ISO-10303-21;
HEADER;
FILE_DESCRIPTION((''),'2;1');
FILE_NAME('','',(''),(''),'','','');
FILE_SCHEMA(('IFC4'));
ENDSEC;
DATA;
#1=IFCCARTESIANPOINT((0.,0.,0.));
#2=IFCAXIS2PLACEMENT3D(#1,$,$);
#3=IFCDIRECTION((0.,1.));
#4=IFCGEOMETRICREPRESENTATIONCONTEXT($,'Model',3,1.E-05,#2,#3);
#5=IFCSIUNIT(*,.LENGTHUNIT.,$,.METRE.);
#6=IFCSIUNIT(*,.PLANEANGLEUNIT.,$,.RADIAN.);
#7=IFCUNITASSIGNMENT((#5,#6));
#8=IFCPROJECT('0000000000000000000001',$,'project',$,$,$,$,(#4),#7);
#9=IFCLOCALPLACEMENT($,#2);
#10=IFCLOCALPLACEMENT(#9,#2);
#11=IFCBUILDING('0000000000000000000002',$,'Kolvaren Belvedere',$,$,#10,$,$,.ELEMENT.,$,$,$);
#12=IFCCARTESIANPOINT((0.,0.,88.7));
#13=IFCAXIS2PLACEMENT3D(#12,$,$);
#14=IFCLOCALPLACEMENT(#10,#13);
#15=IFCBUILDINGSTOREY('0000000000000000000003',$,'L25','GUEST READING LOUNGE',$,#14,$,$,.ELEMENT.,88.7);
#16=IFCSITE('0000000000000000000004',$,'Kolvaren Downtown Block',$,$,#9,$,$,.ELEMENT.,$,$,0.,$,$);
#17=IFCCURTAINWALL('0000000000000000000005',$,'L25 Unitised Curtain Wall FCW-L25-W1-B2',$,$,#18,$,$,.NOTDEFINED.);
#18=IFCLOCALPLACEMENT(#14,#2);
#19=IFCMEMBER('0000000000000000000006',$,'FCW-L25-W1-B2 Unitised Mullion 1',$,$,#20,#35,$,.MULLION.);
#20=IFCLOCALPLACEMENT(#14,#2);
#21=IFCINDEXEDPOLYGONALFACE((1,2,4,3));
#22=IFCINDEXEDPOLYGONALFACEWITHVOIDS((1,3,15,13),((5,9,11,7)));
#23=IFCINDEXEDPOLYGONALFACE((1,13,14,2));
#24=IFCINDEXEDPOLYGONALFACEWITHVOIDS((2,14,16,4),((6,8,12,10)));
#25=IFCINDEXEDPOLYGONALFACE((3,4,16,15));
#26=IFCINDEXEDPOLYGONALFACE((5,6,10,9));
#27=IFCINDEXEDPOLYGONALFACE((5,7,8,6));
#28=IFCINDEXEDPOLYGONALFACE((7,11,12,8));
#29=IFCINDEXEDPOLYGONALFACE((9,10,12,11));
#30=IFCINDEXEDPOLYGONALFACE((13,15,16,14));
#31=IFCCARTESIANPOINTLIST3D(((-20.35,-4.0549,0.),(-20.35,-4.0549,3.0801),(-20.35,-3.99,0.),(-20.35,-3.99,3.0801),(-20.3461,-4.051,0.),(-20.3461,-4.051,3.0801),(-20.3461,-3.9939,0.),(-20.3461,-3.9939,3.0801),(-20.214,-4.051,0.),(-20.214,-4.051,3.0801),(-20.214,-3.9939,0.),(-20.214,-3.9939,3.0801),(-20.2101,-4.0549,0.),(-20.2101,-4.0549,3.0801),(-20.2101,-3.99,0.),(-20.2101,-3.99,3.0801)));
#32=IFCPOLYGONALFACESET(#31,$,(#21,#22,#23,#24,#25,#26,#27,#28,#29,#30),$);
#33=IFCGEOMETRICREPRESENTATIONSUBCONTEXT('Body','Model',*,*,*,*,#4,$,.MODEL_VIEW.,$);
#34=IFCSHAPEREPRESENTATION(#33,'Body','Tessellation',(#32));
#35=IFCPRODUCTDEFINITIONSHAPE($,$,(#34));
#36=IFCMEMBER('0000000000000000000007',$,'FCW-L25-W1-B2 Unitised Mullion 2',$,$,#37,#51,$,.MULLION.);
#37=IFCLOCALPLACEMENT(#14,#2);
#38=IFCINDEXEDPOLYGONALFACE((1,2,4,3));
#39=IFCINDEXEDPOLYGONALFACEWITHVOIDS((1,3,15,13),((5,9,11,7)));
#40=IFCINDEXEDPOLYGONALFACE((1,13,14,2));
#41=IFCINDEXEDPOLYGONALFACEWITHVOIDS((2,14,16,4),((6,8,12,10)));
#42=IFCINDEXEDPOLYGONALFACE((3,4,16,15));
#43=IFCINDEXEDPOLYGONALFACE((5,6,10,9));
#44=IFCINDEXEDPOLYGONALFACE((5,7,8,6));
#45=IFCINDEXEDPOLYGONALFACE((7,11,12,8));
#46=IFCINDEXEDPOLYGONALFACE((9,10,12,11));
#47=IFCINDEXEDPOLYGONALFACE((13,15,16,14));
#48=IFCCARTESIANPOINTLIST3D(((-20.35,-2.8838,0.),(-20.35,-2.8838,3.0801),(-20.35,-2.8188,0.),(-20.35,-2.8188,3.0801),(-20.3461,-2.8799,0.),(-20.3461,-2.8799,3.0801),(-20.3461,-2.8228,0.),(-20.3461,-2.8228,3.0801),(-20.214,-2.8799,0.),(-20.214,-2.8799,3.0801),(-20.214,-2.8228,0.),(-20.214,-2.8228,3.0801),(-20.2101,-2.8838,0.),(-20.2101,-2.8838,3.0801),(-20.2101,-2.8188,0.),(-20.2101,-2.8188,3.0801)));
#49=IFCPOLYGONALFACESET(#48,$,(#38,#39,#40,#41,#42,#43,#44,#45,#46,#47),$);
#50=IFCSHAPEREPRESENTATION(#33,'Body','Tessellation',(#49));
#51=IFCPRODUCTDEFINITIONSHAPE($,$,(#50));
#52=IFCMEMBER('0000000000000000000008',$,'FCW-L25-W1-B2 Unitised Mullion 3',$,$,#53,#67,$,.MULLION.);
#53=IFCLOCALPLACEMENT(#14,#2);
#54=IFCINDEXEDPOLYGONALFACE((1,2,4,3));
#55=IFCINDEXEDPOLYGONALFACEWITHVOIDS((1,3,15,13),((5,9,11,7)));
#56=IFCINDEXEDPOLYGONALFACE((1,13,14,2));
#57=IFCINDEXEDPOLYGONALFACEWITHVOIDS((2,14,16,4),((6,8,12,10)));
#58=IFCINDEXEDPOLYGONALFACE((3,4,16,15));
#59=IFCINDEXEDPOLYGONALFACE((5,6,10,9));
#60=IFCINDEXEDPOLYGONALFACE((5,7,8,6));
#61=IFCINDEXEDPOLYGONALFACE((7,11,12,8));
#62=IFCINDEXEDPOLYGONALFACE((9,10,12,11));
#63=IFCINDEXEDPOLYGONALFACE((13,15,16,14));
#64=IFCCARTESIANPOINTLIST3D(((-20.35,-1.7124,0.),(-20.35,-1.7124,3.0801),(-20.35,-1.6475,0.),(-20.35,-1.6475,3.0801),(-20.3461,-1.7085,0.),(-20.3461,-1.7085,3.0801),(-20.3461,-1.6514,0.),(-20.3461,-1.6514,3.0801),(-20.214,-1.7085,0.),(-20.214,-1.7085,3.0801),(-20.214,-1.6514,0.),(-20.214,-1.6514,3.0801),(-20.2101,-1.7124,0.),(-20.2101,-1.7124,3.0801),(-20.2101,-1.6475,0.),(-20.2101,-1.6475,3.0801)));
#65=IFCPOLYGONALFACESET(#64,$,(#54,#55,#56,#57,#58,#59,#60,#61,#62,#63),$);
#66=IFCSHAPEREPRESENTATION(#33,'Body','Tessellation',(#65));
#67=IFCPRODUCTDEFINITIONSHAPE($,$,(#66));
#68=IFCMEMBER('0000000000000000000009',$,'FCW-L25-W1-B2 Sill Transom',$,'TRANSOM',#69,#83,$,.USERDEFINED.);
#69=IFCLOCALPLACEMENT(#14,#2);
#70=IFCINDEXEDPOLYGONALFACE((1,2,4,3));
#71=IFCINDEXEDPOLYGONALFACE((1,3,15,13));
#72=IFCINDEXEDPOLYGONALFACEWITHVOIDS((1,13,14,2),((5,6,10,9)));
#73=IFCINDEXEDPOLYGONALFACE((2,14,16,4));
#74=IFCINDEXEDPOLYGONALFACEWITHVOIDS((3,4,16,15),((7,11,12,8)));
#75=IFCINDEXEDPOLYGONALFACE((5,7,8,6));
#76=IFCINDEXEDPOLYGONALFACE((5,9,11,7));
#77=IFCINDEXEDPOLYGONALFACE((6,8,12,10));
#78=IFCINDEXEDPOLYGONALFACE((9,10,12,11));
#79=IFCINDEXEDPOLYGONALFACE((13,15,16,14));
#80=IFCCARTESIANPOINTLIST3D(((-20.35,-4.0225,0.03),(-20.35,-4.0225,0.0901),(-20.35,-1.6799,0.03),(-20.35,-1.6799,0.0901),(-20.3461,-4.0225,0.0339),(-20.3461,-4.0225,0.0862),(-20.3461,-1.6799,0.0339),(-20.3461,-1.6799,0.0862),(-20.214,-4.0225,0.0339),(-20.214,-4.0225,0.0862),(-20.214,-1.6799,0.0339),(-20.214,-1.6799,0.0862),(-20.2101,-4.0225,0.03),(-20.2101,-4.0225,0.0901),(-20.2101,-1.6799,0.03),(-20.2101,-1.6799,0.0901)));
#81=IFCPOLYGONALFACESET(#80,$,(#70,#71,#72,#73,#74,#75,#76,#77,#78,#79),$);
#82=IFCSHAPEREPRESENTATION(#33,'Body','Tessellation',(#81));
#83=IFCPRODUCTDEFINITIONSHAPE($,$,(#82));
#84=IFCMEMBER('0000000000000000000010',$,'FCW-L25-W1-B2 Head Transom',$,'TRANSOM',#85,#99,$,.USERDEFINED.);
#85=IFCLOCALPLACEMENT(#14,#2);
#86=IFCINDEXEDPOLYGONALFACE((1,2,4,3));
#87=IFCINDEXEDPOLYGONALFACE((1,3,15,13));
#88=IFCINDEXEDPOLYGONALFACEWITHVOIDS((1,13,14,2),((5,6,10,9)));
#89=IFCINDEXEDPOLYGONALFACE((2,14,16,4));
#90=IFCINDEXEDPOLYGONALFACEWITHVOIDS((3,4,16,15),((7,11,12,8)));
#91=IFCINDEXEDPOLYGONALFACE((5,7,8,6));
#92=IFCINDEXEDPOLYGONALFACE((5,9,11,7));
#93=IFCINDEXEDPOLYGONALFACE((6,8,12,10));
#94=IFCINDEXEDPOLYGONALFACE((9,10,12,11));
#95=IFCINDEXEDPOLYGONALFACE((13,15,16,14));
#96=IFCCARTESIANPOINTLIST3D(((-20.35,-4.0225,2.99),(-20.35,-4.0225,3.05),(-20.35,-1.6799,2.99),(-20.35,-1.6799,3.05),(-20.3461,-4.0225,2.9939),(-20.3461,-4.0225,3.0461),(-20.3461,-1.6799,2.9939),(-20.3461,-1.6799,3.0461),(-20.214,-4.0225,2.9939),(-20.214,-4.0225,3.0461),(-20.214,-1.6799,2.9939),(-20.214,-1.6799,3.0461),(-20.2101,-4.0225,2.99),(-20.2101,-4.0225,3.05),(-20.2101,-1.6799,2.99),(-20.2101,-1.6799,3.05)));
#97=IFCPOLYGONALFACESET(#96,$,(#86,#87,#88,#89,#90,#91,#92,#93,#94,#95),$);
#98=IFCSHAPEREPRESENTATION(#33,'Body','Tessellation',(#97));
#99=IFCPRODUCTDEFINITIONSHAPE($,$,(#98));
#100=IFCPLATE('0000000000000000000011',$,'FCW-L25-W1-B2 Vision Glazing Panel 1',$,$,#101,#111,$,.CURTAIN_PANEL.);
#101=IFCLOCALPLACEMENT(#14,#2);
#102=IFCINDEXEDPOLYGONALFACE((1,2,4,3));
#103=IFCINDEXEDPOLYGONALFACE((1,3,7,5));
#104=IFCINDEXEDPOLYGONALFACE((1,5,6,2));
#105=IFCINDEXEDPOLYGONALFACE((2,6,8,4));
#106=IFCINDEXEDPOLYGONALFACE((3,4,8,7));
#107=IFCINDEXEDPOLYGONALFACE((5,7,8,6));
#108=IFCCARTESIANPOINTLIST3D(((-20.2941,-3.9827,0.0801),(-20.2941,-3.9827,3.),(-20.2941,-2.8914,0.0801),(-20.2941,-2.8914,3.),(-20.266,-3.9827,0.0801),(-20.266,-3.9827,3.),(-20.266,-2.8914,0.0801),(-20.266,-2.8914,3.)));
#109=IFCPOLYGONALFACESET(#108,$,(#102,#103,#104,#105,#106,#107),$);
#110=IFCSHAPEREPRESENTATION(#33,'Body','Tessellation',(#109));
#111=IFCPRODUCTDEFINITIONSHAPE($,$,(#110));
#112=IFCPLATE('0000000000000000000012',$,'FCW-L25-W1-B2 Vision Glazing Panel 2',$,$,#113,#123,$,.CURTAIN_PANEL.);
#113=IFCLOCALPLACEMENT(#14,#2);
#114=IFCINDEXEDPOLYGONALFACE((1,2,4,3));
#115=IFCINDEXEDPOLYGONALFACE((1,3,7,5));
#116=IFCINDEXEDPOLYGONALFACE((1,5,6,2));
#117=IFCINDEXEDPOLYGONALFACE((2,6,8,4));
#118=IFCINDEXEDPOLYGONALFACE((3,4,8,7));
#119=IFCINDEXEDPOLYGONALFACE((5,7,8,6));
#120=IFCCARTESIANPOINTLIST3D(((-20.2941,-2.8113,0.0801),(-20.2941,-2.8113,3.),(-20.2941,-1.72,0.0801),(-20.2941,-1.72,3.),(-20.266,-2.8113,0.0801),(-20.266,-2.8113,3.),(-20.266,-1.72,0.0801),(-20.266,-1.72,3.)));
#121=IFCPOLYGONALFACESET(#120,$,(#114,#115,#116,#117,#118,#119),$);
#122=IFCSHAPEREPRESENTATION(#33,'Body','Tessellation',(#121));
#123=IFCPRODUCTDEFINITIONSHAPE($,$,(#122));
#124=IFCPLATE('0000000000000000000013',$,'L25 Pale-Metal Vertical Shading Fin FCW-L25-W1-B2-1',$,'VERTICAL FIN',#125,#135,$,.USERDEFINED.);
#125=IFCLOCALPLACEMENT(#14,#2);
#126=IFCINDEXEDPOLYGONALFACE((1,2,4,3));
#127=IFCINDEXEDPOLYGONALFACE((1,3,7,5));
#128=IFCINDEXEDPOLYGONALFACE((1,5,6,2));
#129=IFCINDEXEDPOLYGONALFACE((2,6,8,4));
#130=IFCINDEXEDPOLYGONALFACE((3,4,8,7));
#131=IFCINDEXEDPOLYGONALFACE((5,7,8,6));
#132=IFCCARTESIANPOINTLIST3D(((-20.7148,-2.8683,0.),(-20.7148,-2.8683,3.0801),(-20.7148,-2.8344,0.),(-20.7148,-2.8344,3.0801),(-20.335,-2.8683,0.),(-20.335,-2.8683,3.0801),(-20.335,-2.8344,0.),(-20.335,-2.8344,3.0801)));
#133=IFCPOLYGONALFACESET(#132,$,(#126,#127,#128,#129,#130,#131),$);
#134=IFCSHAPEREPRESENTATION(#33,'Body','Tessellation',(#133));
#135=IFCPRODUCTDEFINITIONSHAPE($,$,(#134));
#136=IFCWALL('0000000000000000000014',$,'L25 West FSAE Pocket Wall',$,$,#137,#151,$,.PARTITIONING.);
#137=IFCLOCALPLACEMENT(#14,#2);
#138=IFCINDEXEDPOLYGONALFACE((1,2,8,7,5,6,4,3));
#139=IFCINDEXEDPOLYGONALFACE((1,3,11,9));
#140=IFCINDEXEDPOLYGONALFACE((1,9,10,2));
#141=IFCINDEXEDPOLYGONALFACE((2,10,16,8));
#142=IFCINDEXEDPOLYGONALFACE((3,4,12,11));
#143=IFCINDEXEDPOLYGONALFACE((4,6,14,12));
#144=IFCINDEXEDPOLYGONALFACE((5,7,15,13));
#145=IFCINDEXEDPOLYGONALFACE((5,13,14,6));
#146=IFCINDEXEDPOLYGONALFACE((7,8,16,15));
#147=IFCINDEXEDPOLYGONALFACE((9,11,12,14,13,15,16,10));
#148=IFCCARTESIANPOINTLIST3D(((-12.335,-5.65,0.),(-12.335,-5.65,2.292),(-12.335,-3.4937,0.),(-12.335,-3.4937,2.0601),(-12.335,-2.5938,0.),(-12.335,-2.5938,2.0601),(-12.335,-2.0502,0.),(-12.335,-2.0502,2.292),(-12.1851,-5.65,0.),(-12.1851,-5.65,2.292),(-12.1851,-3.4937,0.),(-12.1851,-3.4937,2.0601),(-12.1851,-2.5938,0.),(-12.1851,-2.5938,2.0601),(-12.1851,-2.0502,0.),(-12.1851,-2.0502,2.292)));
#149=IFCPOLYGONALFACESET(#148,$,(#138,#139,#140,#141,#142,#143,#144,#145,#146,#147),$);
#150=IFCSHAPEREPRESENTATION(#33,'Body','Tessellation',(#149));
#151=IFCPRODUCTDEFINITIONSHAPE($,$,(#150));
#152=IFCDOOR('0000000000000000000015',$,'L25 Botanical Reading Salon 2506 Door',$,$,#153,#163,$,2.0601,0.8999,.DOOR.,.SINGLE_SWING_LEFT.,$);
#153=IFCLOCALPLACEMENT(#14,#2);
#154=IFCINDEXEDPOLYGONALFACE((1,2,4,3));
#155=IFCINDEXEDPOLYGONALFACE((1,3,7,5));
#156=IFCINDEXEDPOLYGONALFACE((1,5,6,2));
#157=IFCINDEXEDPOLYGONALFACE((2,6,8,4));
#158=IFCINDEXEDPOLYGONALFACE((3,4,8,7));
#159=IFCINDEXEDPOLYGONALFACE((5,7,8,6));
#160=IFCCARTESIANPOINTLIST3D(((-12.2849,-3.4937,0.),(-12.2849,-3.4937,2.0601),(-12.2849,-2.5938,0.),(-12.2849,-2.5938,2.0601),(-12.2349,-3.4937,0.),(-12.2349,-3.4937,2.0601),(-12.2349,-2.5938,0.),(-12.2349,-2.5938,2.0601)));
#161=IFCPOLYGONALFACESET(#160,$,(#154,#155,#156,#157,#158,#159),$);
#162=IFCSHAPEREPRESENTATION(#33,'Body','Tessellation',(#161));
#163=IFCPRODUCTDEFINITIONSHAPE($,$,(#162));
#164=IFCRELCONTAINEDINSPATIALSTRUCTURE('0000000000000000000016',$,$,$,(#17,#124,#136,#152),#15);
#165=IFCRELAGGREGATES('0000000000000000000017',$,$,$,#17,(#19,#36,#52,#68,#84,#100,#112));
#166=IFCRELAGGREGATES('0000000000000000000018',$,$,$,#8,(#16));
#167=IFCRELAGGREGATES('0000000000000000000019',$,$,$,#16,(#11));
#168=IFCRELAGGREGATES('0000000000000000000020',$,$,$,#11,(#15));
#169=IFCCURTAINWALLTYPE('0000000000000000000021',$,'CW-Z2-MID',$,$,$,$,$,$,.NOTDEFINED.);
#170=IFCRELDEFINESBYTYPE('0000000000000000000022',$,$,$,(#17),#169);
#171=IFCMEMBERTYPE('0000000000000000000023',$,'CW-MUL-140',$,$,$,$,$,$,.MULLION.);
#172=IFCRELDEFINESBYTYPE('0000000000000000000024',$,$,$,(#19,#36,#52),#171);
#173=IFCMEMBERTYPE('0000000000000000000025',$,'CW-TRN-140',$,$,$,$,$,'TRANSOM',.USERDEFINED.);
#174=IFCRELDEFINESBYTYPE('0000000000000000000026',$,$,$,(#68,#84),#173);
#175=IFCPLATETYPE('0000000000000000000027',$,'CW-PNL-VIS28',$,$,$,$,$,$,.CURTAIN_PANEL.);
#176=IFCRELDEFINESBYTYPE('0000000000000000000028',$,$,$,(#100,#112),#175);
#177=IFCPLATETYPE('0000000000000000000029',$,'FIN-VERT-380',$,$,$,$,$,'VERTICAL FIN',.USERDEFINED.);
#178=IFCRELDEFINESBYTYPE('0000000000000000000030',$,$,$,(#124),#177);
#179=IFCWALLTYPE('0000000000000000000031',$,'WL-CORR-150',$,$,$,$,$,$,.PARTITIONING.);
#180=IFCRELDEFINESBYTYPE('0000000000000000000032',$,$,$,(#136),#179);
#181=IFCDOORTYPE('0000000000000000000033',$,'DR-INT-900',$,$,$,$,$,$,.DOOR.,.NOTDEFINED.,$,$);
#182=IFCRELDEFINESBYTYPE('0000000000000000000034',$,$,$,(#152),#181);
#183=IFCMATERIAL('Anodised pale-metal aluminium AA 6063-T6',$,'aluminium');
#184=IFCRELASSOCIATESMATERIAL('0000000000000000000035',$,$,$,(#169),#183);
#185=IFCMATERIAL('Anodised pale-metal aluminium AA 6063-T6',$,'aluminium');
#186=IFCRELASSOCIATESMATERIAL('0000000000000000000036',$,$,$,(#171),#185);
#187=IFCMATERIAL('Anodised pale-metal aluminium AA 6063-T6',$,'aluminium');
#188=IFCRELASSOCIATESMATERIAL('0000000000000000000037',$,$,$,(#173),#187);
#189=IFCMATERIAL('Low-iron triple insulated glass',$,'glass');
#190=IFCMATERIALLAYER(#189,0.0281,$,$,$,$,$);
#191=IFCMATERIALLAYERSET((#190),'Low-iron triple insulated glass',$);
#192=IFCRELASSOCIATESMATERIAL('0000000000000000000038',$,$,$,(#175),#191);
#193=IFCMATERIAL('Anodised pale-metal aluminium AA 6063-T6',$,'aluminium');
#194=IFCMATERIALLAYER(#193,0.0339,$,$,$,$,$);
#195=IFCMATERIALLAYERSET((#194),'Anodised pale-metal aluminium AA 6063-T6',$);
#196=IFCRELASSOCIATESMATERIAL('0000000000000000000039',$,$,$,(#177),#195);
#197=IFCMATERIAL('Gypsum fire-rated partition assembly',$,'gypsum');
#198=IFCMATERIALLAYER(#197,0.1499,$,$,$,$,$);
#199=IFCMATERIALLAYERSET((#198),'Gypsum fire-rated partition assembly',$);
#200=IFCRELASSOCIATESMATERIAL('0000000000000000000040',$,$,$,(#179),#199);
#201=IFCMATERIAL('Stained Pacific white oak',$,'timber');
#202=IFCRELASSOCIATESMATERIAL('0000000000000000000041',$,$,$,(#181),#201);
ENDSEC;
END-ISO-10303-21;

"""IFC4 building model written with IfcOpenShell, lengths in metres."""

from ifc_helpers import new_model, si_unit, direction, frame, frame_2d, origin, origin_2d, place, context, subcontext, project, spatial, rectangle, hollow_rectangle, extrude, material, layer, layer_set, material_profile, profile_set, type_object, element, fill, aggregate, save


model = new_model("IFC4")

# Units and contexts
model_context = context("Model", 3, precision=1e-05, world=origin(), true_north=direction((0.0, 1.0)))
body_context = subcontext(model_context, "Body", "Model", "MODEL_VIEW")
ifc_project = project(units=[si_unit("LENGTHUNIT", "METRE"), si_unit("PLANEANGLEUNIT", "RADIAN")], contexts=[model_context])

# Site, building, storey
site_placement = place(None, origin())
site = spatial("IfcSite", under=ifc_project, at=site_placement, Name="Kolvaren Downtown Block", CompositionType="ELEMENT", RefElevation=0.0)
building_placement = place(site_placement, origin())
building = spatial("IfcBuilding", under=site, at=building_placement, Name="Kolvaren Belvedere", CompositionType="ELEMENT")
storey_placement = place(building_placement, frame((0.0, 0.0, 88.7)))
storey = spatial("IfcBuildingStorey", under=building, at=storey_placement, Name="L25", Description="GUEST READING LOUNGE", CompositionType="ELEMENT", Elevation=88.7)

# Shared definitions
ifc_material_1 = material(Name="Anodised pale-metal aluminium AA 6063-T6", Category="aluminium")
curtain_wall_type = type_object("IfcCurtainWallType", Name="CW-Z2-MID", PredefinedType="NOTDEFINED", material=ifc_material_1)
ifc_material_2 = material(Name="Anodised pale-metal aluminium AA 6063-T6", Category="aluminium")
ifc_material_profile_1 = material_profile(ifc_material_2, hollow_rectangle(XDim=0.0649, YDim=0.1399, WallThickness=0.0039, at=origin_2d()), Name="ALU-MUL-140X65")
ifc_profile_set_1 = profile_set([ifc_material_profile_1], Name="Anodised pale-metal aluminium AA 6063-T6")
member_type_1 = type_object("IfcMemberType", Name="CW-MUL-140", PredefinedType="MULLION", material=ifc_profile_set_1)

# Curtain wall, members, plates
curtain_wall_1_placement = place(storey_placement, origin())
curtain_wall_1 = element("IfcCurtainWall", 1, at=curtain_wall_1_placement, inside=storey, type_object=curtain_wall_type, Name="L25 Unitised Curtain Wall FCW-L25-W1-B2", PredefinedType="NOTDEFINED")
member_1_placement = place(storey_placement, frame((-20.28, -4.0225, 0.0), z_axis=(0.0, 0.0, 1.0), x_axis=(0.0, 1.0, 0.0)))
member_1 = element("IfcMember", 2, at=member_1_placement, type_object=member_type_1, Name="FCW-L25-W1-B2 Unitised Mullion 1", PredefinedType="MULLION", context=body_context, shape_type="SweptSolid", body=[
    extrude(hollow_rectangle(XDim=0.0649, YDim=0.1399, WallThickness=0.0039, at=origin_2d()), origin(), (0.0, 0.0, 1.0), 3.0801),
])
member_2_placement = place(storey_placement, frame((-20.28, -2.8513, 0.0), z_axis=(0.0, 0.0, 1.0), x_axis=(0.0, 1.0, 0.0)))
member_2 = element("IfcMember", 3, at=member_2_placement, type_object=member_type_1, Name="FCW-L25-W1-B2 Unitised Mullion 2", PredefinedType="MULLION", context=body_context, shape_type="SweptSolid", body=[
    extrude(hollow_rectangle(XDim=0.0649, YDim=0.1399, WallThickness=0.0039, at=origin_2d()), origin(), (0.0, 0.0, 1.0), 3.0801),
])
member_3_placement = place(storey_placement, frame((-20.28, -1.6799, 0.0), z_axis=(0.0, 0.0, 1.0), x_axis=(0.0, 1.0, 0.0)))
member_3 = element("IfcMember", 4, at=member_3_placement, type_object=member_type_1, Name="FCW-L25-W1-B2 Unitised Mullion 3", PredefinedType="MULLION", context=body_context, shape_type="SweptSolid", body=[
    extrude(hollow_rectangle(XDim=0.0649, YDim=0.1399, WallThickness=0.0039, at=origin_2d()), origin(), (0.0, 0.0, 1.0), 3.0801),
])
ifc_material_3 = material(Name="Anodised pale-metal aluminium AA 6063-T6", Category="aluminium")
ifc_material_profile_2 = material_profile(ifc_material_3, hollow_rectangle(XDim=0.0601, YDim=0.1399, WallThickness=0.0039, at=origin_2d()), Name="ALU-TRN-140X60")
ifc_profile_set_2 = profile_set([ifc_material_profile_2], Name="Anodised pale-metal aluminium AA 6063-T6")
member_type_2 = type_object("IfcMemberType", Name="CW-TRN-140", ElementType="TRANSOM", PredefinedType="USERDEFINED", material=ifc_profile_set_2)
member_4_placement = place(storey_placement, frame((-20.28, -4.0225, 0.0601), z_axis=(0.0, 1.0, 0.0), x_axis=(0.0, 0.0, 1.0)))
member_4 = element("IfcMember", 5, at=member_4_placement, type_object=member_type_2, Name="FCW-L25-W1-B2 Sill Transom", ObjectType="TRANSOM", PredefinedType="USERDEFINED", context=body_context, shape_type="SweptSolid", body=[
    extrude(hollow_rectangle(XDim=0.0601, YDim=0.1399, WallThickness=0.0039, at=origin_2d()), origin(), (0.0, 0.0, 1.0), 2.3425),
])
member_5_placement = place(storey_placement, frame((-20.28, -4.0225, 3.02), z_axis=(0.0, 1.0, 0.0), x_axis=(0.0, 0.0, 1.0)))
member_5 = element("IfcMember", 6, at=member_5_placement, type_object=member_type_2, Name="FCW-L25-W1-B2 Head Transom", ObjectType="TRANSOM", PredefinedType="USERDEFINED", context=body_context, shape_type="SweptSolid", body=[
    extrude(hollow_rectangle(XDim=0.0601, YDim=0.1399, WallThickness=0.0039, at=origin_2d()), origin(), (0.0, 0.0, 1.0), 2.3425),
])
ifc_material_4 = material(Name="Low-iron triple insulated glass", Category="glass")
ifc_layer_1 = layer(ifc_material_4, 0.0281)
ifc_layer_set_1 = layer_set([ifc_layer_1], Name="Low-iron triple insulated glass")
plate_type_1 = type_object("IfcPlateType", Name="CW-PNL-VIS28", PredefinedType="CURTAIN_PANEL", material=ifc_layer_set_1)
plate_1_placement = place(storey_placement, frame((-20.28, -3.437, 0.0801), z_axis=(0.0, 0.0, 1.0), x_axis=(0.0, 1.0, 0.0)))
plate_1 = element("IfcPlate", 7, at=plate_1_placement, type_object=plate_type_1, Name="FCW-L25-W1-B2 Vision Glazing Panel 1", PredefinedType="CURTAIN_PANEL", context=body_context, shape_type="SweptSolid", body=[
    extrude(rectangle(XDim=1.0913, YDim=0.0281, at=origin_2d()), origin(), (0.0, 0.0, 1.0), 2.9199),
])
plate_2_placement = place(storey_placement, frame((-20.28, -2.2656, 0.0801), z_axis=(0.0, 0.0, 1.0), x_axis=(0.0, 1.0, 0.0)))
plate_2 = element("IfcPlate", 8, at=plate_2_placement, type_object=plate_type_1, Name="FCW-L25-W1-B2 Vision Glazing Panel 2", PredefinedType="CURTAIN_PANEL", context=body_context, shape_type="SweptSolid", body=[
    extrude(rectangle(XDim=1.0913, YDim=0.0281, at=origin_2d()), origin(), (0.0, 0.0, 1.0), 2.9199),
])
aggregate(curtain_wall_1, [member_1, member_2, member_3, member_4, member_5, plate_1, plate_2])

# Plate
ifc_material_5 = material(Name="Anodised pale-metal aluminium AA 6063-T6", Category="aluminium")
ifc_layer_2 = layer(ifc_material_5, 0.0339)
ifc_layer_set_2 = layer_set([ifc_layer_2], Name="Anodised pale-metal aluminium AA 6063-T6")
plate_type_2 = type_object("IfcPlateType", Name="FIN-VERT-380", ElementType="VERTICAL FIN", PredefinedType="USERDEFINED", material=ifc_layer_set_2)
plate_3_placement = place(storey_placement, frame((-20.5249, -2.8513, 0.0), z_axis=(0.0, 0.0, 1.0), x_axis=(1.0, 0.0, 0.0)))
element("IfcPlate", 9, at=plate_3_placement, inside=storey, type_object=plate_type_2, Name="L25 Pale-Metal Vertical Shading Fin FCW-L25-W1-B2-1", ObjectType="VERTICAL FIN", PredefinedType="USERDEFINED", context=body_context, shape_type="SweptSolid", body=[
    extrude(rectangle(XDim=0.3799, YDim=0.0339, at=origin_2d()), origin(), (0.0, 0.0, 1.0), 3.0801),
])

# Wall, opening, door
ifc_material_6 = material(Name="Gypsum fire-rated partition assembly", Category="gypsum")
ifc_layer_3 = layer(ifc_material_6, 0.1499)
ifc_layer_set_3 = layer_set([ifc_layer_3], Name="Gypsum fire-rated partition assembly")
wall_type_1 = type_object("IfcWallType", Name="WL-CORR-150", PredefinedType="PARTITIONING", material=ifc_layer_set_3)
wall_1_placement = place(storey_placement, frame((-12.26, -5.6499, 0.0), z_axis=(0.0, 0.0, 1.0), x_axis=(0.0, 1.0, 0.0)))
wall_1 = element("IfcWall", 10, at=wall_1_placement, inside=storey, type_object=wall_type_1, Name="L25 West FSAE Pocket Wall", PredefinedType="PARTITIONING", context=body_context, shape_type="SweptSolid", body=[
    extrude(rectangle(XDim=3.5999, YDim=0.1499, at=frame_2d((1.7998, 0.0))), origin(), (0.0, 0.0, 1.0), 2.292),
])
opening_1_placement = place(wall_1_placement, frame((2.1562, 0.0, 0.0)))
opening_1 = element("IfcOpeningElement", 11, at=opening_1_placement, cuts=wall_1, PredefinedType="OPENING", context=body_context, shape_type="SweptSolid", body=[
    extrude(rectangle(XDim=0.8999, YDim=2.0601, at=frame_2d((0.45, 1.03))), frame((0.0, 0.085, 0.0), z_axis=(0.0, -1.0, 0.0), x_axis=(1.0, 0.0, 0.0)), (0.0, 0.0, 1.0), 0.1699),
])
ifc_material_7 = material(Name="Stained Pacific white oak", Category="timber")
door_type_1 = type_object("IfcDoorType", Name="DR-INT-900", OperationType="NOTDEFINED", PredefinedType="DOOR", material=ifc_material_7)
door_1_placement = place(opening_1_placement, origin())
door_1 = element("IfcDoor", 12, at=door_1_placement, inside=storey, type_object=door_type_1, Name="L25 Botanical Reading Salon 2506 Door", OperationType="SINGLE_SWING_LEFT", OverallHeight=2.0601, OverallWidth=0.8999, PredefinedType="DOOR", context=body_context, shape_type="SweptSolid", body=[
    extrude(rectangle(XDim=0.8999, YDim=2.0601, at=frame_2d((0.45, 1.03))), frame((0.0, 0.0249, 0.0), z_axis=(0.0, -1.0, 0.0), x_axis=(1.0, 0.0, 0.0)), (0.0, 0.0, 1.0), 0.05),
])
fill(opening_1, door_1)

save(model, "model.ifc")
